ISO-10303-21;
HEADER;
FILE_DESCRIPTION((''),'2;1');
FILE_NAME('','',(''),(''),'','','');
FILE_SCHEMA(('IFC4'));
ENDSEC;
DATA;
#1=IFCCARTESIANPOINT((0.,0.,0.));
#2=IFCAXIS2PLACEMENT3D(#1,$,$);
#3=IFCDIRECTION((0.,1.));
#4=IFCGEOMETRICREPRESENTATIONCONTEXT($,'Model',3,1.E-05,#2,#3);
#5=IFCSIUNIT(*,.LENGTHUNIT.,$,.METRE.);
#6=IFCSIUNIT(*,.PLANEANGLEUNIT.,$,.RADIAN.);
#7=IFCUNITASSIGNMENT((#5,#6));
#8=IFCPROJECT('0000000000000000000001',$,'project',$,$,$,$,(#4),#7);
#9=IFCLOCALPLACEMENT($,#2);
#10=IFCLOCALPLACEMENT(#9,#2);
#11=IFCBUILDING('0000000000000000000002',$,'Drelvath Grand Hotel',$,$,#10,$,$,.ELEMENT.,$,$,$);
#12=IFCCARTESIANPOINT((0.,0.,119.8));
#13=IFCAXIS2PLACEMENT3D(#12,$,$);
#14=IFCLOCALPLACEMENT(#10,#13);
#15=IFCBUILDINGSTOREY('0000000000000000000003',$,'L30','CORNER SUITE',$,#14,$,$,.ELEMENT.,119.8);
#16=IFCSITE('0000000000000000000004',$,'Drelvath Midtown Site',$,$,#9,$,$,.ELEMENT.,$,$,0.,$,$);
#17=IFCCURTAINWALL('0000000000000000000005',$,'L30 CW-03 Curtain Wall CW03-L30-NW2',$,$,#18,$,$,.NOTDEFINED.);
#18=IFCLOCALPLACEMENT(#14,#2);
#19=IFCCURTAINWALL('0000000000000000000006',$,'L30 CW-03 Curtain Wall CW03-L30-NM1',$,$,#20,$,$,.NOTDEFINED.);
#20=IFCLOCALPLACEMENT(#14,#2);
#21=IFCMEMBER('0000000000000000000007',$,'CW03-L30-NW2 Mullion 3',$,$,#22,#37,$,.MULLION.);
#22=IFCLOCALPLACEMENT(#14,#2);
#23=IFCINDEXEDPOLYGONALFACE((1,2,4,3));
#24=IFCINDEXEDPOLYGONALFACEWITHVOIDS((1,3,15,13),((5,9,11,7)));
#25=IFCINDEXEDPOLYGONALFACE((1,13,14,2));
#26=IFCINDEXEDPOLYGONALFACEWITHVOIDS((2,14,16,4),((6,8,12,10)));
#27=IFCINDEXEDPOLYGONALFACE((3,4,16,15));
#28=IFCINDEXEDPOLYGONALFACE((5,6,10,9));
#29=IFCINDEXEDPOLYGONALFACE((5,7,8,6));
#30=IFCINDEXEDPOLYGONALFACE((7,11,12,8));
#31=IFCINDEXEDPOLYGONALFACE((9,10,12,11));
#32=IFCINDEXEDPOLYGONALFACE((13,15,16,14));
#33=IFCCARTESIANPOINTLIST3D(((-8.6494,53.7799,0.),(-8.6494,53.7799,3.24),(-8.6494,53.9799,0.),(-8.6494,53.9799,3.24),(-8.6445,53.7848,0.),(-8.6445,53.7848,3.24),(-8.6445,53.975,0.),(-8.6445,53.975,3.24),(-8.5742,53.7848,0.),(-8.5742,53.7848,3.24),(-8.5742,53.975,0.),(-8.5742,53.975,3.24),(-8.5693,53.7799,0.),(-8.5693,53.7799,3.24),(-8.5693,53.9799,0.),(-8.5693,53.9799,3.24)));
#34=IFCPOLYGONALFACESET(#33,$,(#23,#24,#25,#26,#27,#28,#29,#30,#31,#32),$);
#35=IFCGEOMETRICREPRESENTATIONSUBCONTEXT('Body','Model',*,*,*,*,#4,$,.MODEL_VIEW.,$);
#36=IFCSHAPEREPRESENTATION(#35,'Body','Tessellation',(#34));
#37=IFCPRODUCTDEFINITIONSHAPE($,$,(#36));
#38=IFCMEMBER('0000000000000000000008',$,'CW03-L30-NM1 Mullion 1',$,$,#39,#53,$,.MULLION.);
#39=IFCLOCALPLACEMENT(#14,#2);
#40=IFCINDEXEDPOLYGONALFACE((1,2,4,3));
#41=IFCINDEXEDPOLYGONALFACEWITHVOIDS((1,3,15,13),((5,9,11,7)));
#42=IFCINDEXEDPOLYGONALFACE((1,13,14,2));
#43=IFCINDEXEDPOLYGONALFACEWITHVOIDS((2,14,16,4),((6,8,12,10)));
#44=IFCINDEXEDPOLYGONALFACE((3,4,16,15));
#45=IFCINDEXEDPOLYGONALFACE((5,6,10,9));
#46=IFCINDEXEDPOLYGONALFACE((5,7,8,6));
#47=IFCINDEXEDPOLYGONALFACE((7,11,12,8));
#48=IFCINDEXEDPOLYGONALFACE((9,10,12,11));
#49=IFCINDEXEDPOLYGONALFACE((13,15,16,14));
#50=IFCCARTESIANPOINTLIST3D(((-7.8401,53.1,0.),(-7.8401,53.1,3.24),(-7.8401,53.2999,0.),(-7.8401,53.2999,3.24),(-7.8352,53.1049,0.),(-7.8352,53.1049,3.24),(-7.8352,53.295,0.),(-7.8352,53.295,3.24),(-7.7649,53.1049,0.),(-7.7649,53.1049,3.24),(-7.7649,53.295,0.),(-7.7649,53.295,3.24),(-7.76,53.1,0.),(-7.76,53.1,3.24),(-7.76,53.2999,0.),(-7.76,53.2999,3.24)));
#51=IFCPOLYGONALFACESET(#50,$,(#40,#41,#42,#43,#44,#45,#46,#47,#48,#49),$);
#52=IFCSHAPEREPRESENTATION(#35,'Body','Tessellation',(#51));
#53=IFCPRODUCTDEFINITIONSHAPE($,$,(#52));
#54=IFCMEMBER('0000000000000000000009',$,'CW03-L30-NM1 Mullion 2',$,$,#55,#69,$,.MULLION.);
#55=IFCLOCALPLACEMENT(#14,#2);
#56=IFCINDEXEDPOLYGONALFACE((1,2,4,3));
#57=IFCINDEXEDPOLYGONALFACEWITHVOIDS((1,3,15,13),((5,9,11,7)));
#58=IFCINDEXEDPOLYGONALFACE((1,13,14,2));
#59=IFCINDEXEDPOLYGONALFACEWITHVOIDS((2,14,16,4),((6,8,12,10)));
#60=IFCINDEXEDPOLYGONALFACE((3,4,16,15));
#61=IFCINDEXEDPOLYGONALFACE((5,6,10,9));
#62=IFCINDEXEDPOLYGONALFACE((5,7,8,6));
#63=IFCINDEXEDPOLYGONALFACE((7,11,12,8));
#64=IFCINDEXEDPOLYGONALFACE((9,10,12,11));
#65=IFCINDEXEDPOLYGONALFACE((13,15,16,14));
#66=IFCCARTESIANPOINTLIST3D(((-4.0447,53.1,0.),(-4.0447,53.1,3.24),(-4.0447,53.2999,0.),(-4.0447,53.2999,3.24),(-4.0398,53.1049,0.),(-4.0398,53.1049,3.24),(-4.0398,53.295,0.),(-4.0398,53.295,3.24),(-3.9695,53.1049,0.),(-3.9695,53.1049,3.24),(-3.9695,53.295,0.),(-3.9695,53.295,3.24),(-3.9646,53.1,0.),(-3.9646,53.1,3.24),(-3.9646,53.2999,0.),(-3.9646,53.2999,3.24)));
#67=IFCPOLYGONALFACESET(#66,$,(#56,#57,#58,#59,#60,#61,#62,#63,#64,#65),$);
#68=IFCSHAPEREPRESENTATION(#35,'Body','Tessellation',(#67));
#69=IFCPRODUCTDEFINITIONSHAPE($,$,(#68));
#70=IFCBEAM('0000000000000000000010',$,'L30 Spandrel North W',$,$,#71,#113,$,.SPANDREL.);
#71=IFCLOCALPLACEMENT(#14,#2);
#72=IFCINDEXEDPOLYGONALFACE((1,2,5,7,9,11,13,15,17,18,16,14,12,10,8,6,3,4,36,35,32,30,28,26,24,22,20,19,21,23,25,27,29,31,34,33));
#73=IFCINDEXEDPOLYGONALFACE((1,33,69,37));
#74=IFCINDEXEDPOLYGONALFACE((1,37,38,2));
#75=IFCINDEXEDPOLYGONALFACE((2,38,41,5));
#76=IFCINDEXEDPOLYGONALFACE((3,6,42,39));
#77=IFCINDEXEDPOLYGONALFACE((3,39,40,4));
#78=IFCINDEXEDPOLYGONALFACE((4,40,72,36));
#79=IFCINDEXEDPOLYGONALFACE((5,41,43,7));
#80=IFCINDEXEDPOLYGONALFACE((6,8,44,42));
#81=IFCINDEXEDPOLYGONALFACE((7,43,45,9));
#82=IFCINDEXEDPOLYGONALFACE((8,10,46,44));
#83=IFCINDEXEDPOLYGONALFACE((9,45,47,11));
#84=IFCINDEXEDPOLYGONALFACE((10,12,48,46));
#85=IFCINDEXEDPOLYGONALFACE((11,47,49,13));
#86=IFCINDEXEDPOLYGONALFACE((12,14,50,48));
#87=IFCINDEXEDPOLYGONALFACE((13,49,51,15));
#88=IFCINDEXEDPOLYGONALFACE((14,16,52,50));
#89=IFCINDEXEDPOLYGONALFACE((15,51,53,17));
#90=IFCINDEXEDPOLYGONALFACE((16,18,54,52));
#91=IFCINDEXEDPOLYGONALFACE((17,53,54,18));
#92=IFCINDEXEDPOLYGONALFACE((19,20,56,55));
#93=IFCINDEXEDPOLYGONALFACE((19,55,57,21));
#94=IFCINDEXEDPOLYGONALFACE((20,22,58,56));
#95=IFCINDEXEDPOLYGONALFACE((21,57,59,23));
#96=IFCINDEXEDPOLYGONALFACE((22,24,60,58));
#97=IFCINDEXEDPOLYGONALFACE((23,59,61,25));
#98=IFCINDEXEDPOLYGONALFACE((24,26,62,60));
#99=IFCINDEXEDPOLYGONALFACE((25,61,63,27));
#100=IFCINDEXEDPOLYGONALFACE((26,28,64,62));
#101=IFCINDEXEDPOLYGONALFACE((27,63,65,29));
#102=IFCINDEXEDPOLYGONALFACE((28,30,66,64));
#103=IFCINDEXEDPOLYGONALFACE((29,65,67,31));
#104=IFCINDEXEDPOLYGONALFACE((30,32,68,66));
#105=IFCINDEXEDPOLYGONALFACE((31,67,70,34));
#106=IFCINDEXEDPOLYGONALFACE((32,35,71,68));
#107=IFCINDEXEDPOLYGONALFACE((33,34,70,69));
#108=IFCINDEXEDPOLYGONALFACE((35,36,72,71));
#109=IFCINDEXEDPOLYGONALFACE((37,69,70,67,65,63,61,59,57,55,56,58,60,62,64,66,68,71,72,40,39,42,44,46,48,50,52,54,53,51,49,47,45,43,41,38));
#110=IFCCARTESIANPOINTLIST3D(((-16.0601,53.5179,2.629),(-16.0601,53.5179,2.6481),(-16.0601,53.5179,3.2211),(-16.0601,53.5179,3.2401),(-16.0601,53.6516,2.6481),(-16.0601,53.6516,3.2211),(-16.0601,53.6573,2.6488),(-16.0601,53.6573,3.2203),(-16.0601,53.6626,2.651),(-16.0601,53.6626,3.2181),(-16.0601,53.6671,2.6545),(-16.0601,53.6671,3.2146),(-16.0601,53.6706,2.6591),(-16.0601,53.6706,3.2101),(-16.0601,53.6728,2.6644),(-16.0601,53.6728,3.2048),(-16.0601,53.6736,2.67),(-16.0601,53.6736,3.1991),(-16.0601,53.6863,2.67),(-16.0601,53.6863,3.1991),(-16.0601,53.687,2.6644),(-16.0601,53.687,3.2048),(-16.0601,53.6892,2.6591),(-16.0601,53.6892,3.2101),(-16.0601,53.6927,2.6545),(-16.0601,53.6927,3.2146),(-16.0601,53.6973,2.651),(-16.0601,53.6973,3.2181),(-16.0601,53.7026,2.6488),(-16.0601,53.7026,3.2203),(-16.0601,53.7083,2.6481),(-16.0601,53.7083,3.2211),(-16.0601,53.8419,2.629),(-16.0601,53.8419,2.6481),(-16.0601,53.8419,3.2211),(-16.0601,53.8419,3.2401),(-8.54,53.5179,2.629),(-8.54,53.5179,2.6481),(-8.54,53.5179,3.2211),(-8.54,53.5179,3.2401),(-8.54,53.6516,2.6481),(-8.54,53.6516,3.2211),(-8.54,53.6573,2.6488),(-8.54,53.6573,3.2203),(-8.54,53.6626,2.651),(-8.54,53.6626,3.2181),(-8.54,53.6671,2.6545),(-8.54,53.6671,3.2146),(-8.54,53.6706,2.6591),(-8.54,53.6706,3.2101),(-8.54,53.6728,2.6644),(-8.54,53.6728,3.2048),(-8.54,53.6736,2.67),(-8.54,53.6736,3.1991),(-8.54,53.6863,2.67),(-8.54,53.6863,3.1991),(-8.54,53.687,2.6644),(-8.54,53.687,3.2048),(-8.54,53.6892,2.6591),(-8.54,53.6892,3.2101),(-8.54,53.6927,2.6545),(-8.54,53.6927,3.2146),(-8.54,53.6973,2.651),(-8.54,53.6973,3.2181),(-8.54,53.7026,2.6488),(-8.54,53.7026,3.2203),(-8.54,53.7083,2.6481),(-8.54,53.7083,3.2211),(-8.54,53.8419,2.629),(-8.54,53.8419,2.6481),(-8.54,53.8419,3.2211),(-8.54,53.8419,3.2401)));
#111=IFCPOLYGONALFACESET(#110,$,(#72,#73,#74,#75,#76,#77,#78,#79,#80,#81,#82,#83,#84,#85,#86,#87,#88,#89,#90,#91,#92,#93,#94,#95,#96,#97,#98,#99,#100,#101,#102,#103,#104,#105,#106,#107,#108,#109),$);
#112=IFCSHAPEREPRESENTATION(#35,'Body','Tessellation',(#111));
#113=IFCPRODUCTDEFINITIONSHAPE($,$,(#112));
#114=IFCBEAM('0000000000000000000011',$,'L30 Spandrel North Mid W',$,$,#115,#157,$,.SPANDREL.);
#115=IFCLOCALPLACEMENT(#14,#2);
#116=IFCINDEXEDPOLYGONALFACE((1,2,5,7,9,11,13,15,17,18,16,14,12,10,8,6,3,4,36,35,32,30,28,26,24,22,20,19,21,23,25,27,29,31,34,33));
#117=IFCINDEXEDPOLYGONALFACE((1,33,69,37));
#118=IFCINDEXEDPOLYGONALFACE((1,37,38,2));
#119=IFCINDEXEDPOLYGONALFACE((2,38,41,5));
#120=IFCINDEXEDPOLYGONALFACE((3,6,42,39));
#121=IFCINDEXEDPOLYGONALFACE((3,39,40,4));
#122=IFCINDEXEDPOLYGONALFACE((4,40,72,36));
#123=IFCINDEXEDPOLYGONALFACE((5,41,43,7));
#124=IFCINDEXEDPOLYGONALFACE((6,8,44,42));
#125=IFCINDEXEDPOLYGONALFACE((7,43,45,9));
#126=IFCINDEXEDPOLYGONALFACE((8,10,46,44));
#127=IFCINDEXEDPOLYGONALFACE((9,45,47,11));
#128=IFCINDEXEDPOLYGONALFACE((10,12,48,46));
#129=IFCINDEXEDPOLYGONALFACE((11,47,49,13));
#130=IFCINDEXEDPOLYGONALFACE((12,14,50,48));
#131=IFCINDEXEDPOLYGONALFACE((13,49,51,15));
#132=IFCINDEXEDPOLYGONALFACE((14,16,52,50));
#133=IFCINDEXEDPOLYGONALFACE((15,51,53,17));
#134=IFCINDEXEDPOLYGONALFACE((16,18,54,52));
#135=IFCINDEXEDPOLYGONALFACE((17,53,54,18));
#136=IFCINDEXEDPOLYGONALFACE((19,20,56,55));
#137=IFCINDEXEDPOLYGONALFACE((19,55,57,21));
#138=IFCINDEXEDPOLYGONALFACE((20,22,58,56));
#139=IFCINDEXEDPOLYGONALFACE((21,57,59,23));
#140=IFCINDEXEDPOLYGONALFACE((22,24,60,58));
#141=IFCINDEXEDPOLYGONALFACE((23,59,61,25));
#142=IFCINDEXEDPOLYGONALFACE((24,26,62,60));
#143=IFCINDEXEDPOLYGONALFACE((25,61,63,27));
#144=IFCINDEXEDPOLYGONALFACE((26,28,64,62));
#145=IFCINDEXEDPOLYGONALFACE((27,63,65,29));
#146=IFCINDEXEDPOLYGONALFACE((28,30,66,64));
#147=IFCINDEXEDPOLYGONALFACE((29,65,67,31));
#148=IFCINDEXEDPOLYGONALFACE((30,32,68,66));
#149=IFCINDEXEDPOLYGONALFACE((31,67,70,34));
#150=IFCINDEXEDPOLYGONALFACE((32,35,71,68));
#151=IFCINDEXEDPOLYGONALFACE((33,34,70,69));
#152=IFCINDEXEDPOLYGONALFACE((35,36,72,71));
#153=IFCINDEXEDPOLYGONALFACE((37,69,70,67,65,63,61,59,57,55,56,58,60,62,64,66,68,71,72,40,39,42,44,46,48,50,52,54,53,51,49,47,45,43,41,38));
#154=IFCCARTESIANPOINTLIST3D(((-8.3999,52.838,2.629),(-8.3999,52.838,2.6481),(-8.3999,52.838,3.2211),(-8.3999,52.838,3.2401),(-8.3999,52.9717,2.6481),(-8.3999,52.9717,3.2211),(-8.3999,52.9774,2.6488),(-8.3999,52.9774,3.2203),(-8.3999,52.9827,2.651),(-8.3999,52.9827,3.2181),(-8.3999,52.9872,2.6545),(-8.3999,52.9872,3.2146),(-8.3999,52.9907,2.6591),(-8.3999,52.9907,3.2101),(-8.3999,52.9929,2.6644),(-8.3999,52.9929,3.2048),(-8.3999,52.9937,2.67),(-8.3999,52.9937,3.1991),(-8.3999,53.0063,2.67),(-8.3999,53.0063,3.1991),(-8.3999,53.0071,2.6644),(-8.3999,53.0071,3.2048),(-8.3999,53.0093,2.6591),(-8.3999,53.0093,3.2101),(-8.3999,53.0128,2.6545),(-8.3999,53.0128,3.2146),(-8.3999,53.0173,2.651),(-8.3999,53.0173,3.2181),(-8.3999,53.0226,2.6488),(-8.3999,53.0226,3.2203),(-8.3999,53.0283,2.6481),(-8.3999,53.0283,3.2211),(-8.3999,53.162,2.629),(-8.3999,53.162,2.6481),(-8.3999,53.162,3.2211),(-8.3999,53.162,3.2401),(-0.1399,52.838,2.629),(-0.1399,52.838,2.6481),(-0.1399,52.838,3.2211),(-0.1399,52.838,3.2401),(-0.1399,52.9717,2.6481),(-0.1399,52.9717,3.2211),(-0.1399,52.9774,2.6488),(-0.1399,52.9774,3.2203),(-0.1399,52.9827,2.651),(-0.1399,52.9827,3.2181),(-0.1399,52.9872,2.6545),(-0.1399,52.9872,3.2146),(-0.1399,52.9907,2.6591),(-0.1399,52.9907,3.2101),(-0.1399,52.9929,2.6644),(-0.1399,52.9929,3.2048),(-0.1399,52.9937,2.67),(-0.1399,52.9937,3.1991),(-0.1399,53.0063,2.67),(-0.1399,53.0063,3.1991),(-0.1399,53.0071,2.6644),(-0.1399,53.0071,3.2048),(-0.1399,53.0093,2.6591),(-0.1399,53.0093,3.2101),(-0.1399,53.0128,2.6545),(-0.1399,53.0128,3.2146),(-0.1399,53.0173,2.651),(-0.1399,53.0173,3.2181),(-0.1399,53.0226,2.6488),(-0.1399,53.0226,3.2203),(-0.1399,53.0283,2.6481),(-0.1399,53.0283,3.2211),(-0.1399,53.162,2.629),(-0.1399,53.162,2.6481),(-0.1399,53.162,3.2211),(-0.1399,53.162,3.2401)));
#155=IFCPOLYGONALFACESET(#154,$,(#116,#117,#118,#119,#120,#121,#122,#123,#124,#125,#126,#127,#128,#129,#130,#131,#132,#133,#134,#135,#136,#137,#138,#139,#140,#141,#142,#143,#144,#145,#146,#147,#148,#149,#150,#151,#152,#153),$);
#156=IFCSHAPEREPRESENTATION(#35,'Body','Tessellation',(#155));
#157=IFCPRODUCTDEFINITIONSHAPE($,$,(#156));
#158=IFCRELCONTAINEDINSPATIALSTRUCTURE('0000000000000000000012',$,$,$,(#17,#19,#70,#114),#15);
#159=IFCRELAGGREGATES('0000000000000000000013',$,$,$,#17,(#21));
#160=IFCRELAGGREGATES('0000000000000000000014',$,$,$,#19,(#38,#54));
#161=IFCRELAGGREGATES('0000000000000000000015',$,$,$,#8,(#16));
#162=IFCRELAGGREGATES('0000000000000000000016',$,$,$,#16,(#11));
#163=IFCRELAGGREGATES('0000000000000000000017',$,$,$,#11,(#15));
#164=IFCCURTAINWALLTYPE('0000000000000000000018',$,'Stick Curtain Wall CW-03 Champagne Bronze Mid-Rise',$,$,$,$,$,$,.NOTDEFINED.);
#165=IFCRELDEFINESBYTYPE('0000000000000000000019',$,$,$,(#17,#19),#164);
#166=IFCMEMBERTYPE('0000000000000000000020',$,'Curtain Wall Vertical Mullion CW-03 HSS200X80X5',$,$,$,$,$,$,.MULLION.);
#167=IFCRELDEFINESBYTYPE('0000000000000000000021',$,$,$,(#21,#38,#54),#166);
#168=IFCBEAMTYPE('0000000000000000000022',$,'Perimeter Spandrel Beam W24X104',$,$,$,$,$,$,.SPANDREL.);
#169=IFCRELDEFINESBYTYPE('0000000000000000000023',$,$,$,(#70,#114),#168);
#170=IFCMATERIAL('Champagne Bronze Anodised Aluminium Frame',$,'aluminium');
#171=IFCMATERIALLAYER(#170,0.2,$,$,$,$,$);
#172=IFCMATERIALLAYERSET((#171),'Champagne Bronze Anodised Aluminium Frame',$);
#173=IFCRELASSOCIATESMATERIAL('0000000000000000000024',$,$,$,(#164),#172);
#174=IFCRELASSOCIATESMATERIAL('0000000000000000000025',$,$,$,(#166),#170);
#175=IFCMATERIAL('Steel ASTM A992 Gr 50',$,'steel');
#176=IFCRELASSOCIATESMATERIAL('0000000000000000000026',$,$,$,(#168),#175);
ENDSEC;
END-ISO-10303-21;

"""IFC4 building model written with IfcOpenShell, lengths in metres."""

from ifc_helpers import new_model, si_unit, direction, frame, origin, origin_2d, place, context, subcontext, project, spatial, hollow_rectangle, i_section, extrude, material, layer, layer_set, material_profile, profile_set, type_object, element, aggregate, save


model = new_model("IFC4")

# Units and contexts
model_context = context("Model", 3, precision=1e-05, world=origin(), true_north=direction((0.0, 1.0)))
body_context = subcontext(model_context, "Body", "Model", "MODEL_VIEW")
ifc_project = project(units=[si_unit("LENGTHUNIT", "METRE"), si_unit("PLANEANGLEUNIT", "RADIAN")], contexts=[model_context])

# Site, building, storey
site_placement = place(None, origin())
site = spatial("IfcSite", under=ifc_project, at=site_placement, Name="Drelvath Midtown Site", CompositionType="ELEMENT", RefElevation=0.0)
building_placement = place(site_placement, origin())
building = spatial("IfcBuilding", under=site, at=building_placement, Name="Drelvath Grand Hotel", CompositionType="ELEMENT")
storey_placement = place(building_placement, frame((0.0, 0.0, 119.8)))
storey = spatial("IfcBuildingStorey", under=building, at=storey_placement, Name="L30", Description="CORNER SUITE", CompositionType="ELEMENT", Elevation=119.8)

# Curtain walls
ifc_material_1 = material(Name="Champagne Bronze Anodised Aluminium Frame", Category="aluminium")
ifc_layer_1 = layer(ifc_material_1, 0.2)
ifc_layer_set_1 = layer_set([ifc_layer_1], Name="Champagne Bronze Anodised Aluminium Frame")
curtain_wall_type = type_object("IfcCurtainWallType", Name="Stick Curtain Wall CW-03 Champagne Bronze Mid-Rise", PredefinedType="NOTDEFINED", material=ifc_layer_set_1)
curtain_wall_1_placement = place(storey_placement, origin())
curtain_wall_1 = element("IfcCurtainWall", 1, at=curtain_wall_1_placement, inside=storey, type_object=curtain_wall_type, Name="L30 CW-03 Curtain Wall CW03-L30-NW2", PredefinedType="NOTDEFINED")
curtain_wall_2_placement = place(storey_placement, origin())
curtain_wall_2 = element("IfcCurtainWall", 2, at=curtain_wall_2_placement, inside=storey, type_object=curtain_wall_type, Name="L30 CW-03 Curtain Wall CW03-L30-NM1", PredefinedType="NOTDEFINED")

# Members
ifc_material_profile_1 = material_profile(ifc_material_1, hollow_rectangle(XDim=0.0801, YDim=0.2, WallThickness=0.0049, at=origin_2d()), Name="HSS200X80X5")
ifc_profile_set_1 = profile_set([ifc_material_profile_1], Name="Champagne Bronze Anodised Aluminium Frame")
member_type_1 = type_object("IfcMemberType", Name="Curtain Wall Vertical Mullion CW-03 HSS200X80X5", PredefinedType="MULLION", material=ifc_profile_set_1)
member_1_placement = place(storey_placement, frame((-8.6094, 53.8799, 0.0), z_axis=(0.0, 0.0, 1.0), x_axis=(1.0, 0.0, 0.0)))
member_1 = element("IfcMember", 3, at=member_1_placement, type_object=member_type_1, Name="CW03-L30-NW2 Mullion 3", PredefinedType="MULLION", context=body_context, shape_type="SweptSolid", body=[
    extrude(hollow_rectangle(XDim=0.0801, YDim=0.2, WallThickness=0.0049, at=origin_2d()), origin(), (0.0, 0.0, 1.0), 3.24),
])
member_2_placement = place(storey_placement, frame((-7.8, 53.2, 0.0), z_axis=(0.0, 0.0, 1.0), x_axis=(1.0, 0.0, 0.0)))
member_2 = element("IfcMember", 4, at=member_2_placement, type_object=member_type_1, Name="CW03-L30-NM1 Mullion 1", PredefinedType="MULLION", context=body_context, shape_type="SweptSolid", body=[
    extrude(hollow_rectangle(XDim=0.0801, YDim=0.2, WallThickness=0.0049, at=origin_2d()), origin(), (0.0, 0.0, 1.0), 3.24),
])
member_3_placement = place(storey_placement, frame((-4.0046, 53.2, 0.0), z_axis=(0.0, 0.0, 1.0), x_axis=(1.0, 0.0, 0.0)))
member_3 = element("IfcMember", 5, at=member_3_placement, type_object=member_type_1, Name="CW03-L30-NM1 Mullion 2", PredefinedType="MULLION", context=body_context, shape_type="SweptSolid", body=[
    extrude(hollow_rectangle(XDim=0.0801, YDim=0.2, WallThickness=0.0049, at=origin_2d()), origin(), (0.0, 0.0, 1.0), 3.24),
])

# Beams
ifc_material_2 = material(Name="Steel ASTM A992 Gr 50", Category="steel")
ifc_material_profile_2 = material_profile(ifc_material_2, i_section(OverallWidth=0.324, OverallDepth=0.6111, WebThickness=0.0127, FlangeThickness=0.019, FilletRadius=0.022, at=origin_2d()), Name="W24X104")
ifc_profile_set_2 = profile_set([ifc_material_profile_2], Name="Steel ASTM A992 Gr 50")
beam_type_1 = type_object("IfcBeamType", Name="Perimeter Spandrel Beam W24X104", PredefinedType="SPANDREL", material=ifc_profile_set_2)
beam_1_placement = place(storey_placement, frame((-16.0601, 53.6799, 2.9346), z_axis=(1.0, 0.0, 0.0), x_axis=(0.0, 1.0, 0.0)))
element("IfcBeam", 6, at=beam_1_placement, inside=storey, type_object=beam_type_1, Name="L30 Spandrel North W", PredefinedType="SPANDREL", context=body_context, shape_type="SweptSolid", body=[
    extrude(i_section(OverallWidth=0.324, OverallDepth=0.6111, WebThickness=0.0127, FlangeThickness=0.019, FilletRadius=0.022, at=origin_2d()), origin(), (0.0, 0.0, 1.0), 7.52),
])
beam_2_placement = place(storey_placement, frame((-8.3999, 53.0, 2.9346), z_axis=(1.0, 0.0, 0.0), x_axis=(0.0, 1.0, 0.0)))
element("IfcBeam", 7, at=beam_2_placement, inside=storey, type_object=beam_type_1, Name="L30 Spandrel North Mid W", PredefinedType="SPANDREL", context=body_context, shape_type="SweptSolid", body=[
    extrude(i_section(OverallWidth=0.324, OverallDepth=0.6111, WebThickness=0.0127, FlangeThickness=0.019, FilletRadius=0.022, at=origin_2d()), origin(), (0.0, 0.0, 1.0), 8.26),
])

aggregate(curtain_wall_1, [member_1])
aggregate(curtain_wall_2, [member_2, member_3])

save(model, "model.ifc")
